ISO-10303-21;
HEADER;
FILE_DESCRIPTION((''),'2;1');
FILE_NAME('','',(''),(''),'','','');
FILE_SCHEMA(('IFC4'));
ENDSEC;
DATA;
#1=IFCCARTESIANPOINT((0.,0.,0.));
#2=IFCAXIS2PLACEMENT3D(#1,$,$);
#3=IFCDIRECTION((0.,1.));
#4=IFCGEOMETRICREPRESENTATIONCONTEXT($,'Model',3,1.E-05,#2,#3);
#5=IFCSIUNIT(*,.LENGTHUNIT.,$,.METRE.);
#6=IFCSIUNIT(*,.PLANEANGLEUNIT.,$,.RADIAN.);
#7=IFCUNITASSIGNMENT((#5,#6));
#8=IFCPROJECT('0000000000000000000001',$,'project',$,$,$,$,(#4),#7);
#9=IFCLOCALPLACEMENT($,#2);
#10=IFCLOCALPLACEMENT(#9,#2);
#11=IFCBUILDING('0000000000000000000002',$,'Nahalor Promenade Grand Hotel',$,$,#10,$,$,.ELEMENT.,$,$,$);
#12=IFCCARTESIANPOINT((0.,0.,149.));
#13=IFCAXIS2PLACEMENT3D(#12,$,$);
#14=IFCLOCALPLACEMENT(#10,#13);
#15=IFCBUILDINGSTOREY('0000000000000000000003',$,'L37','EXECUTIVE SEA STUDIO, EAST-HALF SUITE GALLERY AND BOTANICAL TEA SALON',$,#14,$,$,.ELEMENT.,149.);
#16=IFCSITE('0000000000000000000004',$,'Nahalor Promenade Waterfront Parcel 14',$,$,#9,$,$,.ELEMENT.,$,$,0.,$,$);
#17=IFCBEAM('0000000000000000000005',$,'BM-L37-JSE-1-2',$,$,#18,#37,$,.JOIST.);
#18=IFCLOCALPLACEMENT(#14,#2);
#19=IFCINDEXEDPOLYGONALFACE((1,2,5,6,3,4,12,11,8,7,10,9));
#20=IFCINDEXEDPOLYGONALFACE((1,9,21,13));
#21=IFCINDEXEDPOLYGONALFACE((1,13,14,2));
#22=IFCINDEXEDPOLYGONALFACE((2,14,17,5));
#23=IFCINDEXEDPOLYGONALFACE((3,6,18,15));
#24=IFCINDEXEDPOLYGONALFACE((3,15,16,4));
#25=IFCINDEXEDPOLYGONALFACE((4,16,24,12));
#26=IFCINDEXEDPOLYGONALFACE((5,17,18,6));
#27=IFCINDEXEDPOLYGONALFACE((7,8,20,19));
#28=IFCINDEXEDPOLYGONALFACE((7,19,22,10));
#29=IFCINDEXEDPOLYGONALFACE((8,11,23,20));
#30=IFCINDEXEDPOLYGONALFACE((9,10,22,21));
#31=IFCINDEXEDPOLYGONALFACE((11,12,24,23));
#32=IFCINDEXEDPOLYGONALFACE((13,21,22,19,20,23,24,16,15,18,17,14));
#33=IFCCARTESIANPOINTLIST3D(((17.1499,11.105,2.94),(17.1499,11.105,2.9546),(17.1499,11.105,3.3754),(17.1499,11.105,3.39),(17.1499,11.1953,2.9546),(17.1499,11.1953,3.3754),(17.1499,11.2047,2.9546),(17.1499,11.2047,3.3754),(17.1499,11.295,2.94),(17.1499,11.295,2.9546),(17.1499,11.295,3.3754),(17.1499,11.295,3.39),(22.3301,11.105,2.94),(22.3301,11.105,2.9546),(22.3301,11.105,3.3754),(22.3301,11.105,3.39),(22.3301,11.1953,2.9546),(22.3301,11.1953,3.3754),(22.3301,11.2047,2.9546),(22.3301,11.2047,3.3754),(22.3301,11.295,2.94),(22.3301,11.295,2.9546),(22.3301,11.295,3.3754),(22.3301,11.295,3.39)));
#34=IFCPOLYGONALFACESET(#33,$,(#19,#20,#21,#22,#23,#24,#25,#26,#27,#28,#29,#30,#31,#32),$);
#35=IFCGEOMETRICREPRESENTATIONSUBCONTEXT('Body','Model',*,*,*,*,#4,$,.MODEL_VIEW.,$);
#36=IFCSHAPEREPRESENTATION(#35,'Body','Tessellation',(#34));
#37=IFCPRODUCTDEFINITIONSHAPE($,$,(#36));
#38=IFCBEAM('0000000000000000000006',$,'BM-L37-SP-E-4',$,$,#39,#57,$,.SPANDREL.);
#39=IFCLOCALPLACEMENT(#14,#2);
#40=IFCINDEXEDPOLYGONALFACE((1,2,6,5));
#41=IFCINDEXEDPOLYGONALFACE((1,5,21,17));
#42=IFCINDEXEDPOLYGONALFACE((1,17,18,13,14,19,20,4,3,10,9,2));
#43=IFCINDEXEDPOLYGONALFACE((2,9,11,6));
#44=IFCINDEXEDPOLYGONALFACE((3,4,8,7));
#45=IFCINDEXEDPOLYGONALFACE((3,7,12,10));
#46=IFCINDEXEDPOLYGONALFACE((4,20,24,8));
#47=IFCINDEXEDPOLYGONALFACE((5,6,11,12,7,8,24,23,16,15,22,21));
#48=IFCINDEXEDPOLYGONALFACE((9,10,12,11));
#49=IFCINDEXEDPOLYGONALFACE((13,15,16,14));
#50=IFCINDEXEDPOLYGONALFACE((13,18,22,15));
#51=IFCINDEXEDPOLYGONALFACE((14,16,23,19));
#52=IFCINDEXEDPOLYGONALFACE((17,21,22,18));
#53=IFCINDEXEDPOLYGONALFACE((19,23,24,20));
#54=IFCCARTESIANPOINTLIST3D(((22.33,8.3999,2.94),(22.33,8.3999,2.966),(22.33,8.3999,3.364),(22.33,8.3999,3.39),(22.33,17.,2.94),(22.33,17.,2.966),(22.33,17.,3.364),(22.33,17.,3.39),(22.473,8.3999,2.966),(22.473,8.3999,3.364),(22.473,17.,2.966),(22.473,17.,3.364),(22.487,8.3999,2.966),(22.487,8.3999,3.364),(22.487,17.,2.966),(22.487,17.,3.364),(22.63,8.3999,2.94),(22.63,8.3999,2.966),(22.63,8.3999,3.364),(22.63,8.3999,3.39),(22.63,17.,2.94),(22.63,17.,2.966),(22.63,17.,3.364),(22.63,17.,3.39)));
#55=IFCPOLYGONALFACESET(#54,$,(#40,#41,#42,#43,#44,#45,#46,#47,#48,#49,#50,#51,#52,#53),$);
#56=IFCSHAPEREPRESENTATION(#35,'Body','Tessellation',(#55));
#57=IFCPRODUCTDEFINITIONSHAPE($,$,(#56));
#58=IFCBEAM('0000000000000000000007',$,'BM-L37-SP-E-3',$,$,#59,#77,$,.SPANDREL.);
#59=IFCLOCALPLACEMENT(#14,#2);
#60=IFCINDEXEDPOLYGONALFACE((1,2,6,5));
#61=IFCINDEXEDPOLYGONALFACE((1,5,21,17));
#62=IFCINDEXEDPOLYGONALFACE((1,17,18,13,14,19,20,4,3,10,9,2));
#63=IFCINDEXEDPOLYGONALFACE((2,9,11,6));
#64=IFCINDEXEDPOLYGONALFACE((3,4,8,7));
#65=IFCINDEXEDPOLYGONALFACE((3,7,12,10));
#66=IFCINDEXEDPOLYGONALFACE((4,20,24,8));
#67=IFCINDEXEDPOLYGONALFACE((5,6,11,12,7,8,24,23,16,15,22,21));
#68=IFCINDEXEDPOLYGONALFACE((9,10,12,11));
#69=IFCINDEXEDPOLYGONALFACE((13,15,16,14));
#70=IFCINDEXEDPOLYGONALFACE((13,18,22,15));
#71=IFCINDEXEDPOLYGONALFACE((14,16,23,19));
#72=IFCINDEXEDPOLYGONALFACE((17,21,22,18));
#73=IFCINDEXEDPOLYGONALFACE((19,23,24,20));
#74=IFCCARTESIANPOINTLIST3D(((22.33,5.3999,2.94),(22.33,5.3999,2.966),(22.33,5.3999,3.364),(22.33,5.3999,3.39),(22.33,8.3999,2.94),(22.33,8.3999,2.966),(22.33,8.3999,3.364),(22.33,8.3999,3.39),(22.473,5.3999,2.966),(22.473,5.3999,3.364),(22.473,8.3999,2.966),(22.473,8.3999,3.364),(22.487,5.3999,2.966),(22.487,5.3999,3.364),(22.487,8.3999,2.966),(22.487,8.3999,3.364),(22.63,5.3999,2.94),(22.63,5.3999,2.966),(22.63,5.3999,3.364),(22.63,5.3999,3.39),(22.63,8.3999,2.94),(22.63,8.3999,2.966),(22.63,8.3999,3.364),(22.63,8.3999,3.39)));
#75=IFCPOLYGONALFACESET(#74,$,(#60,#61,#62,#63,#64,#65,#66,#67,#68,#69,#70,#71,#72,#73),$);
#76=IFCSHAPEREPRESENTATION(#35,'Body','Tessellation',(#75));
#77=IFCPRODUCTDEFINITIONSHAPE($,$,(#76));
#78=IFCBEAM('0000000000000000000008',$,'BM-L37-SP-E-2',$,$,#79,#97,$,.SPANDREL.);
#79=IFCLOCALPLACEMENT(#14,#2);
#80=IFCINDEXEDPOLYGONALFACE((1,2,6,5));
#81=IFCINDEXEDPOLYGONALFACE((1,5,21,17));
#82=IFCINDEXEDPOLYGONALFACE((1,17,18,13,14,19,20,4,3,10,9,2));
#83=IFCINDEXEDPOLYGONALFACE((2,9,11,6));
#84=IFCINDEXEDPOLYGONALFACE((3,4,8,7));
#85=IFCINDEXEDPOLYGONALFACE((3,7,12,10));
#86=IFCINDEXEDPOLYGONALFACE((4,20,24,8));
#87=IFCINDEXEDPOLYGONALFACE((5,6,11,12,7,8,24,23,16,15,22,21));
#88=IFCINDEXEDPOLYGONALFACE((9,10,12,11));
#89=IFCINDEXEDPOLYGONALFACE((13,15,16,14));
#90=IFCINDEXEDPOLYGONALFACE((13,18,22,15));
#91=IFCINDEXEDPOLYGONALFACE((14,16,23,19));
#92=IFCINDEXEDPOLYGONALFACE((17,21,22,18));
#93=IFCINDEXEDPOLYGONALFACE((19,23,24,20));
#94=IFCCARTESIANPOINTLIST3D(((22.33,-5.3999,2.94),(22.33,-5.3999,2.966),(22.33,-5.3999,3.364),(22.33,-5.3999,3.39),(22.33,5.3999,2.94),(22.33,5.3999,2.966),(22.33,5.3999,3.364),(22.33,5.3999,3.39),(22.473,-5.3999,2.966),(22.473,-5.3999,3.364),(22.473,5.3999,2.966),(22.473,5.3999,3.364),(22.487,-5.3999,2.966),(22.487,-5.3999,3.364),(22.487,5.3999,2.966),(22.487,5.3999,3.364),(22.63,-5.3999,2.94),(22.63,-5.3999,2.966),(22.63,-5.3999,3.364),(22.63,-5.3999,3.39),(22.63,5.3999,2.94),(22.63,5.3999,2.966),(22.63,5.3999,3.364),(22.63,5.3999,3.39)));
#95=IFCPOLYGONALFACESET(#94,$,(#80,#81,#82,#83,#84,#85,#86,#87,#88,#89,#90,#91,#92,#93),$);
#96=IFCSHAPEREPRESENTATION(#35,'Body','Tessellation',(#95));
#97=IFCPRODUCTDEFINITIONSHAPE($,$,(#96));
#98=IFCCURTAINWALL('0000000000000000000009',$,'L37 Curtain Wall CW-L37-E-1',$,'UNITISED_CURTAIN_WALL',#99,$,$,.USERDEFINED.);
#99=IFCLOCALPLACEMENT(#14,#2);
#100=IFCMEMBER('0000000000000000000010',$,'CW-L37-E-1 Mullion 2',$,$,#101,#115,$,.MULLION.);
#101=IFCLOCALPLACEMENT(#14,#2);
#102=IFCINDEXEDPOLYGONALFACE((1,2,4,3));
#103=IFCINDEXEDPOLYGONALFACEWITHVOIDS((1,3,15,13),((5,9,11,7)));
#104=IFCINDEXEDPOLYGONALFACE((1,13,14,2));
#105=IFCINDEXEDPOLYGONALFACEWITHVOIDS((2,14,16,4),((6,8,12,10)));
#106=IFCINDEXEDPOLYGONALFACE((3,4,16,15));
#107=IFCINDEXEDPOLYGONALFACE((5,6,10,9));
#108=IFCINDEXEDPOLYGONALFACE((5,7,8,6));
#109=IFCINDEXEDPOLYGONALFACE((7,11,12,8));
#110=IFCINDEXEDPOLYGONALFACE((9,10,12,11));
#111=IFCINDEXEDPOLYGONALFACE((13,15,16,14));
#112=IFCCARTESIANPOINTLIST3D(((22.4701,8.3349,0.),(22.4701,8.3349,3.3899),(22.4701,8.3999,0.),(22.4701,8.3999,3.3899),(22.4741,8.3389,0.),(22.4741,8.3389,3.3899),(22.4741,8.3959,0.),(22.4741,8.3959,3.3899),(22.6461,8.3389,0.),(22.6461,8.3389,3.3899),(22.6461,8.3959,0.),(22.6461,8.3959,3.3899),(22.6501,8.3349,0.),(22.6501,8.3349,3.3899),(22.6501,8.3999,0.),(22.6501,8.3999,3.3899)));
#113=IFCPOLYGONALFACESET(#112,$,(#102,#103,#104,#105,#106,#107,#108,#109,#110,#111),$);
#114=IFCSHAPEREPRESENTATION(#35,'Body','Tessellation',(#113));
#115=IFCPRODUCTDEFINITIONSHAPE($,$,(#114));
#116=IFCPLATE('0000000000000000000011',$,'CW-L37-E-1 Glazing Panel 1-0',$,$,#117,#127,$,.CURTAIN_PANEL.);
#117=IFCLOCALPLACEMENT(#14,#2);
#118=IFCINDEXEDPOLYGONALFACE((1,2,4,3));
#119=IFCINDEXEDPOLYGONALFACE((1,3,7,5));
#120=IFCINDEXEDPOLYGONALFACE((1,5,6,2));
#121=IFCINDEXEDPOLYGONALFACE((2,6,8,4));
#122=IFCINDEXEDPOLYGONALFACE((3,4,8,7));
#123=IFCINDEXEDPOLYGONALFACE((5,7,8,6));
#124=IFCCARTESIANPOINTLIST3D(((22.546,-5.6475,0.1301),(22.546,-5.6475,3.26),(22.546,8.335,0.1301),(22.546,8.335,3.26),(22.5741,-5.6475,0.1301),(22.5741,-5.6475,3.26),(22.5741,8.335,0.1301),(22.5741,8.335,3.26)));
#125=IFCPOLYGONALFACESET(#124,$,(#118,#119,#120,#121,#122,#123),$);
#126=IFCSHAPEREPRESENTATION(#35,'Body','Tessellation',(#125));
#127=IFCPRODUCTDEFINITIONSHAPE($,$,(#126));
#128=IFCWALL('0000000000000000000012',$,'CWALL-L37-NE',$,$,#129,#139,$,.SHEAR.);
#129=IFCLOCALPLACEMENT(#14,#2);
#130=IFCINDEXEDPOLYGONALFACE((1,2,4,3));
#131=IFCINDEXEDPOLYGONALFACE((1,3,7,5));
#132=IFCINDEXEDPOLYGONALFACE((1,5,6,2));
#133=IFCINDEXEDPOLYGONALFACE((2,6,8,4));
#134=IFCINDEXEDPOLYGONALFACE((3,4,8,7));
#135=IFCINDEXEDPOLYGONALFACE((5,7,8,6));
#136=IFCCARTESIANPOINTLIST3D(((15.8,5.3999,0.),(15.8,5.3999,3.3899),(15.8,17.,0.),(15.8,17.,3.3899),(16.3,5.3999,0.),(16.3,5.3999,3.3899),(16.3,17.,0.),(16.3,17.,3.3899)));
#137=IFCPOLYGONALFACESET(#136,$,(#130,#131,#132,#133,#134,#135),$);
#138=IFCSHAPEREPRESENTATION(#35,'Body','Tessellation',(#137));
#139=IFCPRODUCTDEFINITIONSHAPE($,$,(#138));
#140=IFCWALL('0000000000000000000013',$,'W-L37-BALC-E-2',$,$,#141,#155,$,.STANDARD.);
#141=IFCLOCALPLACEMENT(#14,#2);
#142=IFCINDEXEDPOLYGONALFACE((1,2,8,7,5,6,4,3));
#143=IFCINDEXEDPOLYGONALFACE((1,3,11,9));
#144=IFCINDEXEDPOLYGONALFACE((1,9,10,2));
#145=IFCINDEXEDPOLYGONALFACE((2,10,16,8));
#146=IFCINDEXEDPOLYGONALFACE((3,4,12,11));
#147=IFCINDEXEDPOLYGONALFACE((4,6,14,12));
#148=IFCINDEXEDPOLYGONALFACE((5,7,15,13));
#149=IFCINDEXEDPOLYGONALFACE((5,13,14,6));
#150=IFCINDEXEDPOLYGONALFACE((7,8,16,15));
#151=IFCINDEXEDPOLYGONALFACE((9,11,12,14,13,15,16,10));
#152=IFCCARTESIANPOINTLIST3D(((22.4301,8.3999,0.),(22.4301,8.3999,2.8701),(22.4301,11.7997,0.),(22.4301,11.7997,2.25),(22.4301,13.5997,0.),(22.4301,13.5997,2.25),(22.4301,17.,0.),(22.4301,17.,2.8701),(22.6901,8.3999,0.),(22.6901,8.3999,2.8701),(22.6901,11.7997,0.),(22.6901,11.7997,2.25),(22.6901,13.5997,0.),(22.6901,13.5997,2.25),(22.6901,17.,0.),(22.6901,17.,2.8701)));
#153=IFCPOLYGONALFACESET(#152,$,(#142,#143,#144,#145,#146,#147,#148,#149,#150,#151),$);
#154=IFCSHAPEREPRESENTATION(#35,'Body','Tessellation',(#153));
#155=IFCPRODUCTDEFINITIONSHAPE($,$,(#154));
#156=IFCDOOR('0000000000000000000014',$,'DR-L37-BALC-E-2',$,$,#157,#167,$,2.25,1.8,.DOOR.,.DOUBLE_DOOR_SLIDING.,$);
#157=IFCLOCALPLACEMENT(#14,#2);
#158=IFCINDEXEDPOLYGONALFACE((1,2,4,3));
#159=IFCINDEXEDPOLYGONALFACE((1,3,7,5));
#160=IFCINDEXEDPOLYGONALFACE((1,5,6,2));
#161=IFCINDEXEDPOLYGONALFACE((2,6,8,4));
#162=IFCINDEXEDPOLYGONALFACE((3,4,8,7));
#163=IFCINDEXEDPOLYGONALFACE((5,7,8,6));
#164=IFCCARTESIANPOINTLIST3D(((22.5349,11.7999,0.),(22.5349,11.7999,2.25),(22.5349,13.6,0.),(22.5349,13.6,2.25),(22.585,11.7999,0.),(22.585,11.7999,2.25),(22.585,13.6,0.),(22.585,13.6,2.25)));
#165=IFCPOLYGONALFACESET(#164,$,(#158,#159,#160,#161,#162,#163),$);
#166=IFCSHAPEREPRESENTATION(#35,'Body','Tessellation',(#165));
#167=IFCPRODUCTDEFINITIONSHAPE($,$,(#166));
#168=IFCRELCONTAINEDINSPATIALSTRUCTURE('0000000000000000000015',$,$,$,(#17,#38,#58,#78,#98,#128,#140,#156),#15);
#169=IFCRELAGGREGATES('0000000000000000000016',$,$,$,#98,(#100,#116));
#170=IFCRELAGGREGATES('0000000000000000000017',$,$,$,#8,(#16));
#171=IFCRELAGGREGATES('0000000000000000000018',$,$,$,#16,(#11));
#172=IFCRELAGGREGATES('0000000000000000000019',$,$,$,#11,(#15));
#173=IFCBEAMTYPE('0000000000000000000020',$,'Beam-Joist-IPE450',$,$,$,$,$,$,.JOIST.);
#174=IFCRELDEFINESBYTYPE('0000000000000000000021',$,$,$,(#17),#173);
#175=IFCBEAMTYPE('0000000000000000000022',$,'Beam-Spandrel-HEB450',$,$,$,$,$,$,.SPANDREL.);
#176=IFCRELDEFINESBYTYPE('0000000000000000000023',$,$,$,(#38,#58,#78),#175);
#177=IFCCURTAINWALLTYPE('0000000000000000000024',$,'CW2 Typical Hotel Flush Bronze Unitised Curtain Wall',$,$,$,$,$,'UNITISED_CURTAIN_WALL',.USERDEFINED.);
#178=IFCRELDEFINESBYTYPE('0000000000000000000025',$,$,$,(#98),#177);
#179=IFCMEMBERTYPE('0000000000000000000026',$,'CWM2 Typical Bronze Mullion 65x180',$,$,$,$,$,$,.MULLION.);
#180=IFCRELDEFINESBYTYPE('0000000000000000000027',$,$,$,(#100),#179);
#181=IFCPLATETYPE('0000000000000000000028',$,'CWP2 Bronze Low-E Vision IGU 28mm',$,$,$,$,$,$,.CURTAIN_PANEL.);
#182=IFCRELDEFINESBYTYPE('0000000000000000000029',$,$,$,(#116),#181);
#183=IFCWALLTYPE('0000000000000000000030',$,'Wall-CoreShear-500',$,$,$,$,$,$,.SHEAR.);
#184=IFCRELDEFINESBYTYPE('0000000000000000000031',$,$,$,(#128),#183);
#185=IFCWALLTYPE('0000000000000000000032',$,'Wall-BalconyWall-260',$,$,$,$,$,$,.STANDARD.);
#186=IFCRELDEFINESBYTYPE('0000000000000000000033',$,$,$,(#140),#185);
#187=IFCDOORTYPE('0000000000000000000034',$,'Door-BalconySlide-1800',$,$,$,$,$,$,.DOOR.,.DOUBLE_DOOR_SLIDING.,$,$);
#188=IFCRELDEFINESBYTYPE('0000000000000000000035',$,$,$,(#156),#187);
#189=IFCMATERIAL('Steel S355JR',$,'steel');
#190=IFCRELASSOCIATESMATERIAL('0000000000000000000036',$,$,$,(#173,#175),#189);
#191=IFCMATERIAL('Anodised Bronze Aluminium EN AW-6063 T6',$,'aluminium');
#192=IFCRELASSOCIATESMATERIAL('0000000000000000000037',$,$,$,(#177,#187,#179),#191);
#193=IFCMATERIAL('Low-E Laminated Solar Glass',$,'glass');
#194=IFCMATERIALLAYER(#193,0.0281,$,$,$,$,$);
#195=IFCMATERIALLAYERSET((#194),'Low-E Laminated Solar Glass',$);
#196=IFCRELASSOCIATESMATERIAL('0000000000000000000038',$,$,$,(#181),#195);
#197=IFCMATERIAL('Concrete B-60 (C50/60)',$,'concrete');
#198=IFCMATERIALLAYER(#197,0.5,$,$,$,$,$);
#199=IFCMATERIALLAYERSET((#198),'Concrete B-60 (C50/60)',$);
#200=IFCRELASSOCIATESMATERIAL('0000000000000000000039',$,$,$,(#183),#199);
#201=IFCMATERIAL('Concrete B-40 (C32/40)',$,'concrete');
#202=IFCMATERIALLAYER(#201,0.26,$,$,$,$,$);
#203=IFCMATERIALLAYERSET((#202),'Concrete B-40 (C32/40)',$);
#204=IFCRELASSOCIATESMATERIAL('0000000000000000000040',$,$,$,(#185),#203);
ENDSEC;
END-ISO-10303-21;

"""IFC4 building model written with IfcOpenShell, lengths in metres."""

from ifc_helpers import new_model, si_unit, direction, frame, frame_2d, origin, origin_2d, place, context, subcontext, project, spatial, rectangle, hollow_rectangle, i_section, extrude, source, transform, mapped, material, layer, layer_set, material_profile, profile_set, type_object, element, fill, aggregate, save


model = new_model("IFC4")

# Units and contexts
model_context = context("Model", 3, precision=1e-05, world=origin(), true_north=direction((0.0, 1.0)))
body_context = subcontext(model_context, "Body", "Model", "MODEL_VIEW")
ifc_project = project(units=[si_unit("LENGTHUNIT", "METRE"), si_unit("PLANEANGLEUNIT", "RADIAN")], contexts=[model_context])

# Site, building, storey
site_placement = place(None, origin())
site = spatial("IfcSite", under=ifc_project, at=site_placement, Name="Nahalor Promenade Waterfront Parcel 14", CompositionType="ELEMENT", RefElevation=0.0)
building_placement = place(site_placement, origin())
building = spatial("IfcBuilding", under=site, at=building_placement, Name="Nahalor Promenade Grand Hotel", CompositionType="ELEMENT")
storey_placement = place(building_placement, frame((0.0, 0.0, 149.0)))
storey = spatial("IfcBuildingStorey", under=building, at=storey_placement, Name="L37", Description="EXECUTIVE SEA STUDIO, EAST-HALF SUITE GALLERY AND BOTANICAL TEA SALON", CompositionType="ELEMENT", Elevation=149.0)

# Beams
ifc_material_1 = material(Name="Steel S355JR", Category="steel")
ifc_material_profile_1 = material_profile(ifc_material_1, i_section(OverallWidth=0.19, OverallDepth=0.45, WebThickness=0.0094, FlangeThickness=0.0146, at=origin_2d()), Name="IPE 450")
ifc_profile_set_1 = profile_set([ifc_material_profile_1], Name="Steel S355JR")
beam_type_1 = type_object("IfcBeamType", Name="Beam-Joist-IPE450", PredefinedType="JOIST", material=ifc_profile_set_1)
shared_shape_1 = source(origin(), body_context, "Body", "SweptSolid", [
    extrude(i_section(OverallWidth=0.19, OverallDepth=0.45, WebThickness=0.0094, FlangeThickness=0.0146, at=origin_2d()), origin(), (0.0, 0.0, 1.0), 5.1802),
])
beam_1_placement = place(storey_placement, frame((17.1499, 11.2, 3.165), z_axis=(1.0, 0.0, 0.0), x_axis=(0.0, 1.0, 0.0)))
element("IfcBeam", 1, at=beam_1_placement, inside=storey, type_object=beam_type_1, Name="BM-L37-JSE-1-2", PredefinedType="JOIST", context=body_context, shape_type="MappedRepresentation", body=[
    mapped(shared_shape_1, transform((0.0, 0.0, 0.0), scale=1.0)),
])
ifc_material_profile_2 = material_profile(ifc_material_1, i_section(OverallWidth=0.3, OverallDepth=0.45, WebThickness=0.014, FlangeThickness=0.026, at=origin_2d()), Name="HEB 450")
ifc_profile_set_2 = profile_set([ifc_material_profile_2], Name="Steel S355JR")
beam_type_2 = type_object("IfcBeamType", Name="Beam-Spandrel-HEB450", PredefinedType="SPANDREL", material=ifc_profile_set_2)
shared_shape_2 = source(origin(), body_context, "Body", "SweptSolid", [
    extrude(i_section(OverallWidth=0.3, OverallDepth=0.45, WebThickness=0.014, FlangeThickness=0.026, at=origin_2d()), origin(), (0.0, 0.0, 1.0), 8.6001),
])
beam_2_placement = place(storey_placement, frame((22.48, 8.3999, 3.165), z_axis=(0.0, 1.0, 0.0), x_axis=(-1.0, 0.0, 0.0)))
element("IfcBeam", 2, at=beam_2_placement, inside=storey, type_object=beam_type_2, Name="BM-L37-SP-E-4", PredefinedType="SPANDREL", context=body_context, shape_type="MappedRepresentation", body=[
    mapped(shared_shape_2, transform((0.0, 0.0, 0.0), scale=1.0)),
])
shared_shape_3 = source(origin(), body_context, "Body", "SweptSolid", [
    extrude(i_section(OverallWidth=0.3, OverallDepth=0.45, WebThickness=0.014, FlangeThickness=0.026, at=origin_2d()), origin(), (0.0, 0.0, 1.0), 3.0),
])
beam_3_placement = place(storey_placement, frame((22.48, 5.3999, 3.165), z_axis=(0.0, 1.0, 0.0), x_axis=(-1.0, 0.0, 0.0)))
element("IfcBeam", 3, at=beam_3_placement, inside=storey, type_object=beam_type_2, Name="BM-L37-SP-E-3", PredefinedType="SPANDREL", context=body_context, shape_type="MappedRepresentation", body=[
    mapped(shared_shape_3, transform((0.0, 0.0, 0.0), scale=1.0)),
])
shared_shape_4 = source(origin(), body_context, "Body", "SweptSolid", [
    extrude(i_section(OverallWidth=0.3, OverallDepth=0.45, WebThickness=0.014, FlangeThickness=0.026, at=origin_2d()), origin(), (0.0, 0.0, 1.0), 10.7998),
])
beam_4_placement = place(storey_placement, frame((22.48, -5.3999, 3.165), z_axis=(0.0, 1.0, 0.0), x_axis=(-1.0, 0.0, 0.0)))
element("IfcBeam", 4, at=beam_4_placement, inside=storey, type_object=beam_type_2, Name="BM-L37-SP-E-2", PredefinedType="SPANDREL", context=body_context, shape_type="MappedRepresentation", body=[
    mapped(shared_shape_4, transform((0.0, 0.0, 0.0), scale=1.0)),
])

# Curtain wall, member, plate
ifc_material_2 = material(Name="Anodised Bronze Aluminium EN AW-6063 T6", Category="aluminium")
curtain_wall_type = type_object("IfcCurtainWallType", Name="CW2 Typical Hotel Flush Bronze Unitised Curtain Wall", ElementType="UNITISED_CURTAIN_WALL", PredefinedType="USERDEFINED", material=ifc_material_2)
curtain_wall_placement = place(storey_placement, origin())
curtain_wall = element("IfcCurtainWall", 5, at=curtain_wall_placement, inside=storey, type_object=curtain_wall_type, Name="L37 Curtain Wall CW-L37-E-1", ObjectType="UNITISED_CURTAIN_WALL", PredefinedType="USERDEFINED")
ifc_material_profile_3 = material_profile(ifc_material_2, hollow_rectangle(XDim=0.065, YDim=0.18, WallThickness=0.004, at=origin_2d()), Name="CWM 65x180x4")
ifc_profile_set_3 = profile_set([ifc_material_profile_3], Name="Anodised Bronze Aluminium EN AW-6063 T6")
member_type = type_object("IfcMemberType", Name="CWM2 Typical Bronze Mullion 65x180", PredefinedType="MULLION", material=ifc_profile_set_3)
shared_shape_5 = source(origin(), body_context, "Body", "SweptSolid", [
    extrude(hollow_rectangle(XDim=0.065, YDim=0.18, WallThickness=0.004, at=origin_2d()), origin(), (0.0, 0.0, 1.0), 3.3899),
])
member_placement = place(storey_placement, frame((22.5601, 8.3674, 0.0), z_axis=(0.0, 0.0, 1.0), x_axis=(0.0, 1.0, 0.0)))
member = element("IfcMember", 6, at=member_placement, type_object=member_type, Name="CW-L37-E-1 Mullion 2", PredefinedType="MULLION", context=body_context, shape_type="MappedRepresentation", body=[
    mapped(shared_shape_5, transform((0.0, 0.0, 0.0), scale=1.0)),
])
ifc_material_3 = material(Name="Low-E Laminated Solar Glass", Category="glass")
ifc_layer_1 = layer(ifc_material_3, 0.0281)
ifc_layer_set_1 = layer_set([ifc_layer_1], Name="Low-E Laminated Solar Glass")
plate_type = type_object("IfcPlateType", Name="CWP2 Bronze Low-E Vision IGU 28mm", PredefinedType="CURTAIN_PANEL", material=ifc_layer_set_1)
shared_shape_6 = source(origin(), body_context, "Body", "SweptSolid", [
    extrude(rectangle(XDim=13.9824, YDim=0.0281, at=origin_2d()), origin(), (0.0, 0.0, 1.0), 3.1299),
])
plate_placement = place(storey_placement, frame((22.5601, 1.3438, 0.1301), z_axis=(0.0, 0.0, 1.0), x_axis=(0.0, 1.0, 0.0)))
plate = element("IfcPlate", 7, at=plate_placement, type_object=plate_type, Name="CW-L37-E-1 Glazing Panel 1-0", PredefinedType="CURTAIN_PANEL", context=body_context, shape_type="MappedRepresentation", body=[
    mapped(shared_shape_6, transform((0.0, 0.0, 0.0), scale=1.0)),
])
aggregate(curtain_wall, [member, plate])

# Wall
ifc_material_4 = material(Name="Concrete B-60 (C50/60)", Category="concrete")
ifc_layer_2 = layer(ifc_material_4, 0.5)
ifc_layer_set_2 = layer_set([ifc_layer_2], Name="Concrete B-60 (C50/60)")
wall_type_1 = type_object("IfcWallType", Name="Wall-CoreShear-500", PredefinedType="SHEAR", material=ifc_layer_set_2)
shared_shape_7 = source(origin(), body_context, "Body", "SweptSolid", [
    extrude(rectangle(XDim=11.6001, YDim=0.5, at=frame_2d((5.8, 0.0))), origin(), (0.0, 0.0, 1.0), 3.3899),
])
wall_1_placement = place(storey_placement, frame((16.05, 5.3999, 0.0), z_axis=(0.0, 0.0, 1.0), x_axis=(0.0, 1.0, 0.0)))
element("IfcWall", 8, at=wall_1_placement, inside=storey, type_object=wall_type_1, Name="CWALL-L37-NE", PredefinedType="SHEAR", context=body_context, shape_type="MappedRepresentation", body=[
    mapped(shared_shape_7, transform((0.0, 0.0, 0.0), scale=1.0)),
])

# Wall, opening, door
ifc_material_5 = material(Name="Concrete B-40 (C32/40)", Category="concrete")
ifc_layer_3 = layer(ifc_material_5, 0.26)
ifc_layer_set_3 = layer_set([ifc_layer_3], Name="Concrete B-40 (C32/40)")
wall_type_2 = type_object("IfcWallType", Name="Wall-BalconyWall-260", PredefinedType="STANDARD", material=ifc_layer_set_3)
shared_shape_8 = source(origin(), body_context, "Body", "SweptSolid", [
    extrude(rectangle(XDim=8.6001, YDim=0.26, at=frame_2d((4.3, 0.0))), origin(), (0.0, 0.0, 1.0), 2.8701),
])
wall_2_placement = place(storey_placement, frame((22.5601, 8.3999, 0.0), z_axis=(0.0, 0.0, 1.0), x_axis=(0.0, 1.0, 0.0)))
wall_2 = element("IfcWall", 9, at=wall_2_placement, inside=storey, type_object=wall_type_2, Name="W-L37-BALC-E-2", PredefinedType="STANDARD", context=body_context, shape_type="MappedRepresentation", body=[
    mapped(shared_shape_8, transform((0.0, 0.0, 0.0), scale=1.0)),
])
opening_1_placement = place(wall_2_placement, frame((3.3999, 0.0, 0.0)))
opening_1 = element("IfcOpeningElement", 10, at=opening_1_placement, cuts=wall_2, PredefinedType="OPENING", context=body_context, shape_type="SweptSolid", body=[
    extrude(rectangle(XDim=1.8, YDim=2.25, at=frame_2d((0.8999, 1.125))), frame((0.0, 0.1399, 0.0), z_axis=(0.0, -1.0, 0.0), x_axis=(1.0, 0.0, 0.0)), (0.0, 0.0, 1.0), 0.28),
])
door_type_1 = type_object("IfcDoorType", Name="Door-BalconySlide-1800", OperationType="DOUBLE_DOOR_SLIDING", PredefinedType="DOOR", material=ifc_material_2)
shared_shape_9 = source(origin(), body_context, "Body", "SweptSolid", [
    extrude(rectangle(XDim=1.8, YDim=2.25, at=frame_2d((0.8999, 1.125))), frame((0.0, 0.0249, 0.0), z_axis=(0.0, -1.0, 0.0), x_axis=(1.0, 0.0, 0.0)), (0.0, 0.0, 1.0), 0.05),
])
door_1_placement = place(opening_1_placement, frame((1.8, 0.0, 0.0), z_axis=(0.0, 0.0, 1.0), x_axis=(-1.0, 0.0, 0.0)))
door_1 = element("IfcDoor", 11, at=door_1_placement, inside=storey, type_object=door_type_1, Name="DR-L37-BALC-E-2", OperationType="DOUBLE_DOOR_SLIDING", OverallHeight=2.25, OverallWidth=1.8, PredefinedType="DOOR", context=body_context, shape_type="MappedRepresentation", body=[
    mapped(shared_shape_9, transform((0.0, 0.0, 0.0), scale=1.0)),
])
fill(opening_1, door_1)

save(model, "model.ifc")
